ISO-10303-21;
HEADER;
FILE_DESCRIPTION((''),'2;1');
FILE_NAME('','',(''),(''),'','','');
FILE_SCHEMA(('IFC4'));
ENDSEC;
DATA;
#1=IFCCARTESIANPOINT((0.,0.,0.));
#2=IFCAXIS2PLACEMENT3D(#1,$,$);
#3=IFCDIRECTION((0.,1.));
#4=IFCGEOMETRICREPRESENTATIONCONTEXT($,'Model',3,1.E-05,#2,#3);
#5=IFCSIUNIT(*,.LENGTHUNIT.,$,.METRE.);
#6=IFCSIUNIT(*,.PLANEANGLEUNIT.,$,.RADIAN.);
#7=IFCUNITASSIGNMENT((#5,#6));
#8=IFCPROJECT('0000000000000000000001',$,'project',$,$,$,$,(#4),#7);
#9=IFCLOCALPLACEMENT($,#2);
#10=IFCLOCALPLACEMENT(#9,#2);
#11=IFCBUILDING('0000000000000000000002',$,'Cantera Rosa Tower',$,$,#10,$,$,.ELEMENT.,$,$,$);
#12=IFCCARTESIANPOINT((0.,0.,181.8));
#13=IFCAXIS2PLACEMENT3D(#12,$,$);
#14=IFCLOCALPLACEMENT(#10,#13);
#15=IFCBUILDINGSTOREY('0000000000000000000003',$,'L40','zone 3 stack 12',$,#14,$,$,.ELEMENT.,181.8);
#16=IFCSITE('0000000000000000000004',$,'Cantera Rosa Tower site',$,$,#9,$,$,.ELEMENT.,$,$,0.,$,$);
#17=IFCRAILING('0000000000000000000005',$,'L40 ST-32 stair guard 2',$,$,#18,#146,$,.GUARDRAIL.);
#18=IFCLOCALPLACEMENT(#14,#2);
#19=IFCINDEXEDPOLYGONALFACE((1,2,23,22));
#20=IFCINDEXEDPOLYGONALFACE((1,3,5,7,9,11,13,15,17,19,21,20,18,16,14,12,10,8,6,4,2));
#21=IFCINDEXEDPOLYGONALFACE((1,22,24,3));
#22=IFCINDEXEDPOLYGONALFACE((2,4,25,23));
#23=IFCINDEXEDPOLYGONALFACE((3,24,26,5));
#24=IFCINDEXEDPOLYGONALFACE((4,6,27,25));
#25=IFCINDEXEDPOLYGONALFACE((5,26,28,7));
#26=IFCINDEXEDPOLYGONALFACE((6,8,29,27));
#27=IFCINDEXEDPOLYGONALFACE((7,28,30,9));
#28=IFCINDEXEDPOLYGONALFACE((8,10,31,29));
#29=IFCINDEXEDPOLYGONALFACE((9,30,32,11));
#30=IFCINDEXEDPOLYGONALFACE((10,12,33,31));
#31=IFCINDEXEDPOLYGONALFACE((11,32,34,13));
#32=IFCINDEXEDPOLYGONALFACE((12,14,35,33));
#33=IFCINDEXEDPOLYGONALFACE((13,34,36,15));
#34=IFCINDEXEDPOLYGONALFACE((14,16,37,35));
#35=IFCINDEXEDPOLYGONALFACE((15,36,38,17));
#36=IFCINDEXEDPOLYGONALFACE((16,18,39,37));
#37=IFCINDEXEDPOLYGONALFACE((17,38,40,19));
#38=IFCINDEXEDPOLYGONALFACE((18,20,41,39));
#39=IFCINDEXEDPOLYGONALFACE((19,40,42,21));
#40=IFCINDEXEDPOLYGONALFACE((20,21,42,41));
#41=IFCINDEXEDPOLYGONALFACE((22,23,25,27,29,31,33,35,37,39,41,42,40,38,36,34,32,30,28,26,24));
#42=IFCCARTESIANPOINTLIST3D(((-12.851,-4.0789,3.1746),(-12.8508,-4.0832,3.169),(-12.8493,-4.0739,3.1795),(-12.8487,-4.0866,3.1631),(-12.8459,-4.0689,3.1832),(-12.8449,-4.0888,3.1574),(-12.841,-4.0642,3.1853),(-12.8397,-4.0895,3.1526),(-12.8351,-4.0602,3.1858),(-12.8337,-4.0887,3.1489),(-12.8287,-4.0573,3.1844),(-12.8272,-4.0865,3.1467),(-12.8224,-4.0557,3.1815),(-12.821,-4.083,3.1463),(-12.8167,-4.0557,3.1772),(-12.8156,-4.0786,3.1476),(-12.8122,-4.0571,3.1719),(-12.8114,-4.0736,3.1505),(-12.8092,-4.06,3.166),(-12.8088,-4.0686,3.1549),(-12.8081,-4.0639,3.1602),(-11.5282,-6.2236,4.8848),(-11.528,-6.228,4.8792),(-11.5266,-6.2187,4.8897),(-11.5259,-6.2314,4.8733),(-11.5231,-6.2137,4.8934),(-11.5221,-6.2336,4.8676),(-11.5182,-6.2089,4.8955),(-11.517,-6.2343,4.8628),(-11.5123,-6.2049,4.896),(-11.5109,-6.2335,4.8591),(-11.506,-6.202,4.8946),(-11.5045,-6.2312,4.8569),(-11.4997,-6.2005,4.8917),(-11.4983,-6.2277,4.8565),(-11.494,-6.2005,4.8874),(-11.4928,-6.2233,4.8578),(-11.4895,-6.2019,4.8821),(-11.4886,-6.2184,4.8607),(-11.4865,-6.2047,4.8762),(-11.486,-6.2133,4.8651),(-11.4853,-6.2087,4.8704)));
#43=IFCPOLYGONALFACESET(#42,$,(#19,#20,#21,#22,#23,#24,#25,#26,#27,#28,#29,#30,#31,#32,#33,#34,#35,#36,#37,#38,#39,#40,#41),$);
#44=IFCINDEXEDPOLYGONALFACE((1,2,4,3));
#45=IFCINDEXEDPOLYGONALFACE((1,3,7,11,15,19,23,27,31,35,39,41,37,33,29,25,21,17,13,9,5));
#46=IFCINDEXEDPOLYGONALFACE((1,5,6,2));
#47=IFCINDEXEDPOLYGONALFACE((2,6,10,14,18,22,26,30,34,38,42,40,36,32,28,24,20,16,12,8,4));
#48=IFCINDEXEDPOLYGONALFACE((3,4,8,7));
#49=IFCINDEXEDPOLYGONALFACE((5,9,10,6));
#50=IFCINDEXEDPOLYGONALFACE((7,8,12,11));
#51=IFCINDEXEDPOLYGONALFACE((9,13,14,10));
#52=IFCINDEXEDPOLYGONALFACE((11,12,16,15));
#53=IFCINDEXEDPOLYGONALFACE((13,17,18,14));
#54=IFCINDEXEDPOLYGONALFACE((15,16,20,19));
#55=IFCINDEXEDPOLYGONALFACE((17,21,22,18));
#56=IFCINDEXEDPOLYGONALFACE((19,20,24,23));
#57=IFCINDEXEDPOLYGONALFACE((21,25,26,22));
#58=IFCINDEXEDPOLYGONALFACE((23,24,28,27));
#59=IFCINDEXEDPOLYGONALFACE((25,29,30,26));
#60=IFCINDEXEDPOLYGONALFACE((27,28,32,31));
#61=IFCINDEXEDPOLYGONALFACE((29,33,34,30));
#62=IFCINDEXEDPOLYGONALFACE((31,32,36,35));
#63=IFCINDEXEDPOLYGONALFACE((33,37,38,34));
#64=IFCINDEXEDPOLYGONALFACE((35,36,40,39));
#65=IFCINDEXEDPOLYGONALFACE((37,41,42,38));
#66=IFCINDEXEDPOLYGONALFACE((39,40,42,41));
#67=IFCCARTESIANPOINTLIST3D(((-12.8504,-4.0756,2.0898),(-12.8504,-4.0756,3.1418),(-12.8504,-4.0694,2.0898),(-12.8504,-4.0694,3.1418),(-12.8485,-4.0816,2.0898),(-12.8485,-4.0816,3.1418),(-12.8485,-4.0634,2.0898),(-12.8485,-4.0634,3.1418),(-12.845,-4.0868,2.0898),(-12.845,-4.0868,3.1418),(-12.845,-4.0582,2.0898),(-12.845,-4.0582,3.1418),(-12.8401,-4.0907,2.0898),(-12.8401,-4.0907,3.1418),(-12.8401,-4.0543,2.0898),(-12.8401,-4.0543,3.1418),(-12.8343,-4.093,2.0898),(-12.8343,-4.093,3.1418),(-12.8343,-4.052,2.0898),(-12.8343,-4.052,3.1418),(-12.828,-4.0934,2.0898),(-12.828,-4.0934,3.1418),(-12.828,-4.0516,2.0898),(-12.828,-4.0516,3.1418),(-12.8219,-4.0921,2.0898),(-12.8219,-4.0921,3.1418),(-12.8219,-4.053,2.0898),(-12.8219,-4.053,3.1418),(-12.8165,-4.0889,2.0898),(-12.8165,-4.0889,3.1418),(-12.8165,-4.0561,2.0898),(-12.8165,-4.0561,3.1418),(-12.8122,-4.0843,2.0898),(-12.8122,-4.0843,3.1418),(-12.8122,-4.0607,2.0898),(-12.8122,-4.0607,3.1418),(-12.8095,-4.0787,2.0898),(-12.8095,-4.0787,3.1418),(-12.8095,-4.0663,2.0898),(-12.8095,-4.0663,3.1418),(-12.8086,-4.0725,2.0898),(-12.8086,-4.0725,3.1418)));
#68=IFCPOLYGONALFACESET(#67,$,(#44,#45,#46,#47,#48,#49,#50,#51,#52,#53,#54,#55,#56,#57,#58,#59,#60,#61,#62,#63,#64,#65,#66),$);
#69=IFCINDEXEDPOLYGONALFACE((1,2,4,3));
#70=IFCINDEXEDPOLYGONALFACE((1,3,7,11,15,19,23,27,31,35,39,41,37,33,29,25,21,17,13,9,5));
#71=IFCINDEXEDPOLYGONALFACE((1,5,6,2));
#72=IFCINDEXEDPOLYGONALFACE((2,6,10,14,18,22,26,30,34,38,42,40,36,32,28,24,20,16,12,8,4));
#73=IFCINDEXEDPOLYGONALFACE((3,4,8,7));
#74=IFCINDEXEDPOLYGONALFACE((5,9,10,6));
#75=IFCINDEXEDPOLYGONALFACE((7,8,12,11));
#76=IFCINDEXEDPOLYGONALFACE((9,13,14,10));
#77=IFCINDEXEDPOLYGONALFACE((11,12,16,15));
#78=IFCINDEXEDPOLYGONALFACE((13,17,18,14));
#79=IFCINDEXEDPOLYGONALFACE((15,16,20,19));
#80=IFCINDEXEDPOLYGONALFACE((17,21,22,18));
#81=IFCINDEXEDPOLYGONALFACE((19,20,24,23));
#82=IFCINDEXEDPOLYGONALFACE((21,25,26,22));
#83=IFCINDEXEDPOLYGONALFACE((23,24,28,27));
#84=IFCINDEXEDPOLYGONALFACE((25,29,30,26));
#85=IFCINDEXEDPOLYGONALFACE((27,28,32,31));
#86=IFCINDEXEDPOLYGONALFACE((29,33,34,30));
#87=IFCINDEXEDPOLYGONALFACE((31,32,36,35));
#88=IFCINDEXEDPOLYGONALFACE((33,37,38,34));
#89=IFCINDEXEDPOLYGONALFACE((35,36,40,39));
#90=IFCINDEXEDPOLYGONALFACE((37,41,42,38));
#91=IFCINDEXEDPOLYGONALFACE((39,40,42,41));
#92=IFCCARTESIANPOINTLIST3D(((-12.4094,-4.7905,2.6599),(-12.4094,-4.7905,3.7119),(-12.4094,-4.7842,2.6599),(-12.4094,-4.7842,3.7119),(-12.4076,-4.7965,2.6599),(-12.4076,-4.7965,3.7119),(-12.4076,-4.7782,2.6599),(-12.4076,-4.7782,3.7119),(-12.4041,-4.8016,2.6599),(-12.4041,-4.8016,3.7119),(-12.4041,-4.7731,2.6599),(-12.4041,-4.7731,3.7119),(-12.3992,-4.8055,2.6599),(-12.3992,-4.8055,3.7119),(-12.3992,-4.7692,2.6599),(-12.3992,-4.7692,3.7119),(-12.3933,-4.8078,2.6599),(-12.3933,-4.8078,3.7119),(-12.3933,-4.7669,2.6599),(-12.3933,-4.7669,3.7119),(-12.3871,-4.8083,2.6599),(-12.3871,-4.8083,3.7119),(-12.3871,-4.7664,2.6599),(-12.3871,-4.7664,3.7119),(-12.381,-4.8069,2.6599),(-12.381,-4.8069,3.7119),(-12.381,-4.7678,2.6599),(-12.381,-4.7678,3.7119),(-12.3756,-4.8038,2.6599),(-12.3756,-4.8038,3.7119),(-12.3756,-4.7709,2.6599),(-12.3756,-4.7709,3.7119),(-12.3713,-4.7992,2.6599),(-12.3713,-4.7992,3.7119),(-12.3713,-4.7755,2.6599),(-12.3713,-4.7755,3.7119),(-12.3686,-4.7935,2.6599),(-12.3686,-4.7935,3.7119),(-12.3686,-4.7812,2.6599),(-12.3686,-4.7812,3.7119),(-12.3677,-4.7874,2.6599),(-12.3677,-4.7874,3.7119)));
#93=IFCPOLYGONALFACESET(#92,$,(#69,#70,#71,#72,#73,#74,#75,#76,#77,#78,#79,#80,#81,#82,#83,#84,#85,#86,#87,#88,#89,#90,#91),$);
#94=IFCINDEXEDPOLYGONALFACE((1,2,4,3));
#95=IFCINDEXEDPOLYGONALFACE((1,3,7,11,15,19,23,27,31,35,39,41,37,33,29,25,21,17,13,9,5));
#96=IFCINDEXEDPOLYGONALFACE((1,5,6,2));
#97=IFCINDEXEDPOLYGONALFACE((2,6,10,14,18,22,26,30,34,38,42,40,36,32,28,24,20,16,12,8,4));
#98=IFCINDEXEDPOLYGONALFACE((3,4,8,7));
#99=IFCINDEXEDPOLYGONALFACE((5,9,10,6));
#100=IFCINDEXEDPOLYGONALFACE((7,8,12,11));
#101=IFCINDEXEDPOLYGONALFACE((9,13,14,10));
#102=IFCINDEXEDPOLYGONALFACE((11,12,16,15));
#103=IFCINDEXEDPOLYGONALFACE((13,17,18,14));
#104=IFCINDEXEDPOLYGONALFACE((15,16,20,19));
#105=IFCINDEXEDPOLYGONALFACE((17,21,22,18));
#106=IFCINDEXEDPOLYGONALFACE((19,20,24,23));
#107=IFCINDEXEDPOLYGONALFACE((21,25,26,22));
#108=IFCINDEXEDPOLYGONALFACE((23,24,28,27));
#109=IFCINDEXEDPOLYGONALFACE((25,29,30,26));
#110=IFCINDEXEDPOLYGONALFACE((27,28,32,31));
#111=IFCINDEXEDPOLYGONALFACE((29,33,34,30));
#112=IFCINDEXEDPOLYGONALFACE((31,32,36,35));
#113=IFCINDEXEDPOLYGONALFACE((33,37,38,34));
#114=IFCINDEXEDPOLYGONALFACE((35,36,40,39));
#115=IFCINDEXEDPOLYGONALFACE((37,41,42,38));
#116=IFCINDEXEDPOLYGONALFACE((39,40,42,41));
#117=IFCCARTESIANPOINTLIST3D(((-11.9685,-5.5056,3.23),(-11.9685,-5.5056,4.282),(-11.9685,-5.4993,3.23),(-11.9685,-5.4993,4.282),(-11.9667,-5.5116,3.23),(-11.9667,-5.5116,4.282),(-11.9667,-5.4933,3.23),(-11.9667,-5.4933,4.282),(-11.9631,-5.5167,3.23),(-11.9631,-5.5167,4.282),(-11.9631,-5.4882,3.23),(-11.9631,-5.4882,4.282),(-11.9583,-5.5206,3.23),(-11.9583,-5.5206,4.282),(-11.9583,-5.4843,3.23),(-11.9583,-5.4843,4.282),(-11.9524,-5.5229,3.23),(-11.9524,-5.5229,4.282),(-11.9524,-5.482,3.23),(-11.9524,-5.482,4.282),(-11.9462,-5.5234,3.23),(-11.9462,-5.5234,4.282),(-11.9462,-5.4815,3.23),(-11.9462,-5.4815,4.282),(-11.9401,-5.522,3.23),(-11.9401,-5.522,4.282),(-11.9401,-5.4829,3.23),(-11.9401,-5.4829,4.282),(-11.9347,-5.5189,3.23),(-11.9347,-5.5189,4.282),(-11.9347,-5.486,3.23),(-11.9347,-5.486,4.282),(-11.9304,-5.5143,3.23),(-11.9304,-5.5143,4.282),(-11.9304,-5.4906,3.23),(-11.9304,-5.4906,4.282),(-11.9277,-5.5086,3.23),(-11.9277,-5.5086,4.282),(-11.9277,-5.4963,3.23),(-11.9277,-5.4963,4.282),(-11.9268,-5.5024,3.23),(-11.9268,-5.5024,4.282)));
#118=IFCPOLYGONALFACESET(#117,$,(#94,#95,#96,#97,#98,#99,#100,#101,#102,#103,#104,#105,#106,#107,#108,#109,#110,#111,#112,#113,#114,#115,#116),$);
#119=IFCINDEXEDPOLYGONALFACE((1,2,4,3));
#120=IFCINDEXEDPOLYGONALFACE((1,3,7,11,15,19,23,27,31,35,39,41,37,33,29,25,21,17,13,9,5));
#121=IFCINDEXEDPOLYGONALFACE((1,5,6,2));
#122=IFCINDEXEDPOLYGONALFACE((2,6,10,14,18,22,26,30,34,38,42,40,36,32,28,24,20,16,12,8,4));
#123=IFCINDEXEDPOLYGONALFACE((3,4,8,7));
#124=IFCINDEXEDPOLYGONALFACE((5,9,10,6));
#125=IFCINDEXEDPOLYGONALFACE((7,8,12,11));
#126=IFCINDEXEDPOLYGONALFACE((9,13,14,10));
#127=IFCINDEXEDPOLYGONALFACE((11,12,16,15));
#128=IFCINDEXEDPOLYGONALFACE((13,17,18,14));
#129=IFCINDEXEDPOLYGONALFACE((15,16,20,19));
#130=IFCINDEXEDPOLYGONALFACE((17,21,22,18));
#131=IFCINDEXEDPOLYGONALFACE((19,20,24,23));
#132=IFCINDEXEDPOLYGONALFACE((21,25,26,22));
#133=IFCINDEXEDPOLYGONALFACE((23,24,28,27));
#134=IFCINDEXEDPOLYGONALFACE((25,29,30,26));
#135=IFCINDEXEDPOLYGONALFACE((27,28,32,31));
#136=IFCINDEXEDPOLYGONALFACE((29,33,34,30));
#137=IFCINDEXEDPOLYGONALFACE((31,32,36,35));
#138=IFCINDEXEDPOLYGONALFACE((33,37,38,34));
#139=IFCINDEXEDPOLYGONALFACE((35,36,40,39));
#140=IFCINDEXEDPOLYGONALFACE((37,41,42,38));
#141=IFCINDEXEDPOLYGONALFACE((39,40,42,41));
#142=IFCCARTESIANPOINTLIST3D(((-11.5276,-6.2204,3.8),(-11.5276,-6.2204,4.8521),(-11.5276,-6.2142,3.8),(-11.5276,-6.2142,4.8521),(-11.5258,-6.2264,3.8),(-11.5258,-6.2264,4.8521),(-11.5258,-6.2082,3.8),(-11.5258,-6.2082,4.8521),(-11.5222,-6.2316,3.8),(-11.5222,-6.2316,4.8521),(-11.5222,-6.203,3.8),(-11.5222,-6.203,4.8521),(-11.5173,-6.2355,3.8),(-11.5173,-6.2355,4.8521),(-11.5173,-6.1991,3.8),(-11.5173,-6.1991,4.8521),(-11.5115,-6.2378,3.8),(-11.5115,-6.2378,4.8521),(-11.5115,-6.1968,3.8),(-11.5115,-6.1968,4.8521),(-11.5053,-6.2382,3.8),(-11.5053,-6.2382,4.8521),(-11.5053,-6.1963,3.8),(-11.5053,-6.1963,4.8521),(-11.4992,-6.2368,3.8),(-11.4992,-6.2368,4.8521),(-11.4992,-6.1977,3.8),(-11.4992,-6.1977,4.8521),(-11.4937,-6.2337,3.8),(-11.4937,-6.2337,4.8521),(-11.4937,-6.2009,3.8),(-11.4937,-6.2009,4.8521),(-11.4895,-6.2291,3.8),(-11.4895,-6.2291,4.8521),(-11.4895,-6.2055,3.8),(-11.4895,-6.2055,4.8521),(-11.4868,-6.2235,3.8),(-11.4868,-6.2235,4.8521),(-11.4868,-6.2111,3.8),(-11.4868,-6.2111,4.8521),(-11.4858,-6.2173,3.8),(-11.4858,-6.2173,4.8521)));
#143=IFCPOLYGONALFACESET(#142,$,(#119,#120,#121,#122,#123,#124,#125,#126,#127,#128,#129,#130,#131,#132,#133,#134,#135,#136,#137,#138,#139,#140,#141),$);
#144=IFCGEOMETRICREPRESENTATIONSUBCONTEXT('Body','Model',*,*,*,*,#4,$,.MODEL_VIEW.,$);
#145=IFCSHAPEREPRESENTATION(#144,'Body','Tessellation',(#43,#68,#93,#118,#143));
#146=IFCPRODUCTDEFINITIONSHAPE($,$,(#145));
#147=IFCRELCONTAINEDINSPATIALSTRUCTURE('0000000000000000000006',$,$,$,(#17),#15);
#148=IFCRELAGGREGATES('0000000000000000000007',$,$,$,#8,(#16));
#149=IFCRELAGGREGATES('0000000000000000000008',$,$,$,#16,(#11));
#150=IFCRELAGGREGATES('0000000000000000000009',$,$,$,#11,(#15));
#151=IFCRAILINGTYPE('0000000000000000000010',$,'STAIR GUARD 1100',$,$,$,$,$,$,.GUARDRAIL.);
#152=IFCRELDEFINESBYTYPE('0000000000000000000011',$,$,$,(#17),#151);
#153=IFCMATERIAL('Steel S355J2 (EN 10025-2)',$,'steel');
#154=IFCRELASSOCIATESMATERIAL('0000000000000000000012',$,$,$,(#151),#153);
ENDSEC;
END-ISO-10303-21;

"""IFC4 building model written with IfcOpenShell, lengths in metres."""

from ifc_helpers import new_model, si_unit, direction, frame, origin, origin_2d, place, context, subcontext, project, spatial, circle, extrude, material, type_object, element, save


model = new_model("IFC4")

# Units and contexts
model_context = context("Model", 3, precision=1e-05, world=origin(), true_north=direction((0.0, 1.0)))
body_context = subcontext(model_context, "Body", "Model", "MODEL_VIEW")
ifc_project = project(units=[si_unit("LENGTHUNIT", "METRE"), si_unit("PLANEANGLEUNIT", "RADIAN")], contexts=[model_context])

# Site, building, storey
site_placement = place(None, origin())
site = spatial("IfcSite", under=ifc_project, at=site_placement, Name="Cantera Rosa Tower site", CompositionType="ELEMENT", RefElevation=0.0)
building_placement = place(site_placement, origin())
building = spatial("IfcBuilding", under=site, at=building_placement, Name="Cantera Rosa Tower", CompositionType="ELEMENT")
storey_placement = place(building_placement, frame((0.0, 0.0, 181.8)))
storey = spatial("IfcBuildingStorey", under=building, at=storey_placement, Name="L40", Description="zone 3 stack 12", CompositionType="ELEMENT", Elevation=181.8)

# Railing
ifc_material_1 = material(Name="Steel S355J2 (EN 10025-2)", Category="steel")
railing_type_1 = type_object("IfcRailingType", Name="STAIR GUARD 1100", PredefinedType="GUARDRAIL", material=ifc_material_1)
railing_1_placement = place(storey_placement, frame((-12.8296, -4.0725, 2.0898)))
element("IfcRailing", 1, at=railing_1_placement, inside=storey, type_object=railing_type_1, Name="L40 ST-32 stair guard 2", PredefinedType="GUARDRAIL", context=body_context, shape_type="SweptSolid", body=[
    extrude(circle(Radius=0.0239, at=origin_2d()), frame((0.0, 0.0, 1.0762), z_axis=(0.434343, -0.704264, 0.561568), x_axis=(0.851146, 0.52493, 0.0)), (0.0, 0.0, 1.0), 3.0454),
    extrude(circle(Radius=0.021, at=origin_2d()), origin(), (0.0, 0.0, 1.0), 1.052),
    extrude(circle(Radius=0.021, at=origin_2d()), frame((0.4409, -0.7148, 0.5701)), (0.0, 0.0, 1.0), 1.052),
    extrude(circle(Radius=0.021, at=origin_2d()), frame((0.8818, -1.4299, 1.1401)), (0.0, 0.0, 1.0), 1.052),
    extrude(circle(Radius=0.021, at=origin_2d()), frame((1.3228, -2.1448, 1.7102)), (0.0, 0.0, 1.0), 1.052),
])

save(model, "model.ifc")
